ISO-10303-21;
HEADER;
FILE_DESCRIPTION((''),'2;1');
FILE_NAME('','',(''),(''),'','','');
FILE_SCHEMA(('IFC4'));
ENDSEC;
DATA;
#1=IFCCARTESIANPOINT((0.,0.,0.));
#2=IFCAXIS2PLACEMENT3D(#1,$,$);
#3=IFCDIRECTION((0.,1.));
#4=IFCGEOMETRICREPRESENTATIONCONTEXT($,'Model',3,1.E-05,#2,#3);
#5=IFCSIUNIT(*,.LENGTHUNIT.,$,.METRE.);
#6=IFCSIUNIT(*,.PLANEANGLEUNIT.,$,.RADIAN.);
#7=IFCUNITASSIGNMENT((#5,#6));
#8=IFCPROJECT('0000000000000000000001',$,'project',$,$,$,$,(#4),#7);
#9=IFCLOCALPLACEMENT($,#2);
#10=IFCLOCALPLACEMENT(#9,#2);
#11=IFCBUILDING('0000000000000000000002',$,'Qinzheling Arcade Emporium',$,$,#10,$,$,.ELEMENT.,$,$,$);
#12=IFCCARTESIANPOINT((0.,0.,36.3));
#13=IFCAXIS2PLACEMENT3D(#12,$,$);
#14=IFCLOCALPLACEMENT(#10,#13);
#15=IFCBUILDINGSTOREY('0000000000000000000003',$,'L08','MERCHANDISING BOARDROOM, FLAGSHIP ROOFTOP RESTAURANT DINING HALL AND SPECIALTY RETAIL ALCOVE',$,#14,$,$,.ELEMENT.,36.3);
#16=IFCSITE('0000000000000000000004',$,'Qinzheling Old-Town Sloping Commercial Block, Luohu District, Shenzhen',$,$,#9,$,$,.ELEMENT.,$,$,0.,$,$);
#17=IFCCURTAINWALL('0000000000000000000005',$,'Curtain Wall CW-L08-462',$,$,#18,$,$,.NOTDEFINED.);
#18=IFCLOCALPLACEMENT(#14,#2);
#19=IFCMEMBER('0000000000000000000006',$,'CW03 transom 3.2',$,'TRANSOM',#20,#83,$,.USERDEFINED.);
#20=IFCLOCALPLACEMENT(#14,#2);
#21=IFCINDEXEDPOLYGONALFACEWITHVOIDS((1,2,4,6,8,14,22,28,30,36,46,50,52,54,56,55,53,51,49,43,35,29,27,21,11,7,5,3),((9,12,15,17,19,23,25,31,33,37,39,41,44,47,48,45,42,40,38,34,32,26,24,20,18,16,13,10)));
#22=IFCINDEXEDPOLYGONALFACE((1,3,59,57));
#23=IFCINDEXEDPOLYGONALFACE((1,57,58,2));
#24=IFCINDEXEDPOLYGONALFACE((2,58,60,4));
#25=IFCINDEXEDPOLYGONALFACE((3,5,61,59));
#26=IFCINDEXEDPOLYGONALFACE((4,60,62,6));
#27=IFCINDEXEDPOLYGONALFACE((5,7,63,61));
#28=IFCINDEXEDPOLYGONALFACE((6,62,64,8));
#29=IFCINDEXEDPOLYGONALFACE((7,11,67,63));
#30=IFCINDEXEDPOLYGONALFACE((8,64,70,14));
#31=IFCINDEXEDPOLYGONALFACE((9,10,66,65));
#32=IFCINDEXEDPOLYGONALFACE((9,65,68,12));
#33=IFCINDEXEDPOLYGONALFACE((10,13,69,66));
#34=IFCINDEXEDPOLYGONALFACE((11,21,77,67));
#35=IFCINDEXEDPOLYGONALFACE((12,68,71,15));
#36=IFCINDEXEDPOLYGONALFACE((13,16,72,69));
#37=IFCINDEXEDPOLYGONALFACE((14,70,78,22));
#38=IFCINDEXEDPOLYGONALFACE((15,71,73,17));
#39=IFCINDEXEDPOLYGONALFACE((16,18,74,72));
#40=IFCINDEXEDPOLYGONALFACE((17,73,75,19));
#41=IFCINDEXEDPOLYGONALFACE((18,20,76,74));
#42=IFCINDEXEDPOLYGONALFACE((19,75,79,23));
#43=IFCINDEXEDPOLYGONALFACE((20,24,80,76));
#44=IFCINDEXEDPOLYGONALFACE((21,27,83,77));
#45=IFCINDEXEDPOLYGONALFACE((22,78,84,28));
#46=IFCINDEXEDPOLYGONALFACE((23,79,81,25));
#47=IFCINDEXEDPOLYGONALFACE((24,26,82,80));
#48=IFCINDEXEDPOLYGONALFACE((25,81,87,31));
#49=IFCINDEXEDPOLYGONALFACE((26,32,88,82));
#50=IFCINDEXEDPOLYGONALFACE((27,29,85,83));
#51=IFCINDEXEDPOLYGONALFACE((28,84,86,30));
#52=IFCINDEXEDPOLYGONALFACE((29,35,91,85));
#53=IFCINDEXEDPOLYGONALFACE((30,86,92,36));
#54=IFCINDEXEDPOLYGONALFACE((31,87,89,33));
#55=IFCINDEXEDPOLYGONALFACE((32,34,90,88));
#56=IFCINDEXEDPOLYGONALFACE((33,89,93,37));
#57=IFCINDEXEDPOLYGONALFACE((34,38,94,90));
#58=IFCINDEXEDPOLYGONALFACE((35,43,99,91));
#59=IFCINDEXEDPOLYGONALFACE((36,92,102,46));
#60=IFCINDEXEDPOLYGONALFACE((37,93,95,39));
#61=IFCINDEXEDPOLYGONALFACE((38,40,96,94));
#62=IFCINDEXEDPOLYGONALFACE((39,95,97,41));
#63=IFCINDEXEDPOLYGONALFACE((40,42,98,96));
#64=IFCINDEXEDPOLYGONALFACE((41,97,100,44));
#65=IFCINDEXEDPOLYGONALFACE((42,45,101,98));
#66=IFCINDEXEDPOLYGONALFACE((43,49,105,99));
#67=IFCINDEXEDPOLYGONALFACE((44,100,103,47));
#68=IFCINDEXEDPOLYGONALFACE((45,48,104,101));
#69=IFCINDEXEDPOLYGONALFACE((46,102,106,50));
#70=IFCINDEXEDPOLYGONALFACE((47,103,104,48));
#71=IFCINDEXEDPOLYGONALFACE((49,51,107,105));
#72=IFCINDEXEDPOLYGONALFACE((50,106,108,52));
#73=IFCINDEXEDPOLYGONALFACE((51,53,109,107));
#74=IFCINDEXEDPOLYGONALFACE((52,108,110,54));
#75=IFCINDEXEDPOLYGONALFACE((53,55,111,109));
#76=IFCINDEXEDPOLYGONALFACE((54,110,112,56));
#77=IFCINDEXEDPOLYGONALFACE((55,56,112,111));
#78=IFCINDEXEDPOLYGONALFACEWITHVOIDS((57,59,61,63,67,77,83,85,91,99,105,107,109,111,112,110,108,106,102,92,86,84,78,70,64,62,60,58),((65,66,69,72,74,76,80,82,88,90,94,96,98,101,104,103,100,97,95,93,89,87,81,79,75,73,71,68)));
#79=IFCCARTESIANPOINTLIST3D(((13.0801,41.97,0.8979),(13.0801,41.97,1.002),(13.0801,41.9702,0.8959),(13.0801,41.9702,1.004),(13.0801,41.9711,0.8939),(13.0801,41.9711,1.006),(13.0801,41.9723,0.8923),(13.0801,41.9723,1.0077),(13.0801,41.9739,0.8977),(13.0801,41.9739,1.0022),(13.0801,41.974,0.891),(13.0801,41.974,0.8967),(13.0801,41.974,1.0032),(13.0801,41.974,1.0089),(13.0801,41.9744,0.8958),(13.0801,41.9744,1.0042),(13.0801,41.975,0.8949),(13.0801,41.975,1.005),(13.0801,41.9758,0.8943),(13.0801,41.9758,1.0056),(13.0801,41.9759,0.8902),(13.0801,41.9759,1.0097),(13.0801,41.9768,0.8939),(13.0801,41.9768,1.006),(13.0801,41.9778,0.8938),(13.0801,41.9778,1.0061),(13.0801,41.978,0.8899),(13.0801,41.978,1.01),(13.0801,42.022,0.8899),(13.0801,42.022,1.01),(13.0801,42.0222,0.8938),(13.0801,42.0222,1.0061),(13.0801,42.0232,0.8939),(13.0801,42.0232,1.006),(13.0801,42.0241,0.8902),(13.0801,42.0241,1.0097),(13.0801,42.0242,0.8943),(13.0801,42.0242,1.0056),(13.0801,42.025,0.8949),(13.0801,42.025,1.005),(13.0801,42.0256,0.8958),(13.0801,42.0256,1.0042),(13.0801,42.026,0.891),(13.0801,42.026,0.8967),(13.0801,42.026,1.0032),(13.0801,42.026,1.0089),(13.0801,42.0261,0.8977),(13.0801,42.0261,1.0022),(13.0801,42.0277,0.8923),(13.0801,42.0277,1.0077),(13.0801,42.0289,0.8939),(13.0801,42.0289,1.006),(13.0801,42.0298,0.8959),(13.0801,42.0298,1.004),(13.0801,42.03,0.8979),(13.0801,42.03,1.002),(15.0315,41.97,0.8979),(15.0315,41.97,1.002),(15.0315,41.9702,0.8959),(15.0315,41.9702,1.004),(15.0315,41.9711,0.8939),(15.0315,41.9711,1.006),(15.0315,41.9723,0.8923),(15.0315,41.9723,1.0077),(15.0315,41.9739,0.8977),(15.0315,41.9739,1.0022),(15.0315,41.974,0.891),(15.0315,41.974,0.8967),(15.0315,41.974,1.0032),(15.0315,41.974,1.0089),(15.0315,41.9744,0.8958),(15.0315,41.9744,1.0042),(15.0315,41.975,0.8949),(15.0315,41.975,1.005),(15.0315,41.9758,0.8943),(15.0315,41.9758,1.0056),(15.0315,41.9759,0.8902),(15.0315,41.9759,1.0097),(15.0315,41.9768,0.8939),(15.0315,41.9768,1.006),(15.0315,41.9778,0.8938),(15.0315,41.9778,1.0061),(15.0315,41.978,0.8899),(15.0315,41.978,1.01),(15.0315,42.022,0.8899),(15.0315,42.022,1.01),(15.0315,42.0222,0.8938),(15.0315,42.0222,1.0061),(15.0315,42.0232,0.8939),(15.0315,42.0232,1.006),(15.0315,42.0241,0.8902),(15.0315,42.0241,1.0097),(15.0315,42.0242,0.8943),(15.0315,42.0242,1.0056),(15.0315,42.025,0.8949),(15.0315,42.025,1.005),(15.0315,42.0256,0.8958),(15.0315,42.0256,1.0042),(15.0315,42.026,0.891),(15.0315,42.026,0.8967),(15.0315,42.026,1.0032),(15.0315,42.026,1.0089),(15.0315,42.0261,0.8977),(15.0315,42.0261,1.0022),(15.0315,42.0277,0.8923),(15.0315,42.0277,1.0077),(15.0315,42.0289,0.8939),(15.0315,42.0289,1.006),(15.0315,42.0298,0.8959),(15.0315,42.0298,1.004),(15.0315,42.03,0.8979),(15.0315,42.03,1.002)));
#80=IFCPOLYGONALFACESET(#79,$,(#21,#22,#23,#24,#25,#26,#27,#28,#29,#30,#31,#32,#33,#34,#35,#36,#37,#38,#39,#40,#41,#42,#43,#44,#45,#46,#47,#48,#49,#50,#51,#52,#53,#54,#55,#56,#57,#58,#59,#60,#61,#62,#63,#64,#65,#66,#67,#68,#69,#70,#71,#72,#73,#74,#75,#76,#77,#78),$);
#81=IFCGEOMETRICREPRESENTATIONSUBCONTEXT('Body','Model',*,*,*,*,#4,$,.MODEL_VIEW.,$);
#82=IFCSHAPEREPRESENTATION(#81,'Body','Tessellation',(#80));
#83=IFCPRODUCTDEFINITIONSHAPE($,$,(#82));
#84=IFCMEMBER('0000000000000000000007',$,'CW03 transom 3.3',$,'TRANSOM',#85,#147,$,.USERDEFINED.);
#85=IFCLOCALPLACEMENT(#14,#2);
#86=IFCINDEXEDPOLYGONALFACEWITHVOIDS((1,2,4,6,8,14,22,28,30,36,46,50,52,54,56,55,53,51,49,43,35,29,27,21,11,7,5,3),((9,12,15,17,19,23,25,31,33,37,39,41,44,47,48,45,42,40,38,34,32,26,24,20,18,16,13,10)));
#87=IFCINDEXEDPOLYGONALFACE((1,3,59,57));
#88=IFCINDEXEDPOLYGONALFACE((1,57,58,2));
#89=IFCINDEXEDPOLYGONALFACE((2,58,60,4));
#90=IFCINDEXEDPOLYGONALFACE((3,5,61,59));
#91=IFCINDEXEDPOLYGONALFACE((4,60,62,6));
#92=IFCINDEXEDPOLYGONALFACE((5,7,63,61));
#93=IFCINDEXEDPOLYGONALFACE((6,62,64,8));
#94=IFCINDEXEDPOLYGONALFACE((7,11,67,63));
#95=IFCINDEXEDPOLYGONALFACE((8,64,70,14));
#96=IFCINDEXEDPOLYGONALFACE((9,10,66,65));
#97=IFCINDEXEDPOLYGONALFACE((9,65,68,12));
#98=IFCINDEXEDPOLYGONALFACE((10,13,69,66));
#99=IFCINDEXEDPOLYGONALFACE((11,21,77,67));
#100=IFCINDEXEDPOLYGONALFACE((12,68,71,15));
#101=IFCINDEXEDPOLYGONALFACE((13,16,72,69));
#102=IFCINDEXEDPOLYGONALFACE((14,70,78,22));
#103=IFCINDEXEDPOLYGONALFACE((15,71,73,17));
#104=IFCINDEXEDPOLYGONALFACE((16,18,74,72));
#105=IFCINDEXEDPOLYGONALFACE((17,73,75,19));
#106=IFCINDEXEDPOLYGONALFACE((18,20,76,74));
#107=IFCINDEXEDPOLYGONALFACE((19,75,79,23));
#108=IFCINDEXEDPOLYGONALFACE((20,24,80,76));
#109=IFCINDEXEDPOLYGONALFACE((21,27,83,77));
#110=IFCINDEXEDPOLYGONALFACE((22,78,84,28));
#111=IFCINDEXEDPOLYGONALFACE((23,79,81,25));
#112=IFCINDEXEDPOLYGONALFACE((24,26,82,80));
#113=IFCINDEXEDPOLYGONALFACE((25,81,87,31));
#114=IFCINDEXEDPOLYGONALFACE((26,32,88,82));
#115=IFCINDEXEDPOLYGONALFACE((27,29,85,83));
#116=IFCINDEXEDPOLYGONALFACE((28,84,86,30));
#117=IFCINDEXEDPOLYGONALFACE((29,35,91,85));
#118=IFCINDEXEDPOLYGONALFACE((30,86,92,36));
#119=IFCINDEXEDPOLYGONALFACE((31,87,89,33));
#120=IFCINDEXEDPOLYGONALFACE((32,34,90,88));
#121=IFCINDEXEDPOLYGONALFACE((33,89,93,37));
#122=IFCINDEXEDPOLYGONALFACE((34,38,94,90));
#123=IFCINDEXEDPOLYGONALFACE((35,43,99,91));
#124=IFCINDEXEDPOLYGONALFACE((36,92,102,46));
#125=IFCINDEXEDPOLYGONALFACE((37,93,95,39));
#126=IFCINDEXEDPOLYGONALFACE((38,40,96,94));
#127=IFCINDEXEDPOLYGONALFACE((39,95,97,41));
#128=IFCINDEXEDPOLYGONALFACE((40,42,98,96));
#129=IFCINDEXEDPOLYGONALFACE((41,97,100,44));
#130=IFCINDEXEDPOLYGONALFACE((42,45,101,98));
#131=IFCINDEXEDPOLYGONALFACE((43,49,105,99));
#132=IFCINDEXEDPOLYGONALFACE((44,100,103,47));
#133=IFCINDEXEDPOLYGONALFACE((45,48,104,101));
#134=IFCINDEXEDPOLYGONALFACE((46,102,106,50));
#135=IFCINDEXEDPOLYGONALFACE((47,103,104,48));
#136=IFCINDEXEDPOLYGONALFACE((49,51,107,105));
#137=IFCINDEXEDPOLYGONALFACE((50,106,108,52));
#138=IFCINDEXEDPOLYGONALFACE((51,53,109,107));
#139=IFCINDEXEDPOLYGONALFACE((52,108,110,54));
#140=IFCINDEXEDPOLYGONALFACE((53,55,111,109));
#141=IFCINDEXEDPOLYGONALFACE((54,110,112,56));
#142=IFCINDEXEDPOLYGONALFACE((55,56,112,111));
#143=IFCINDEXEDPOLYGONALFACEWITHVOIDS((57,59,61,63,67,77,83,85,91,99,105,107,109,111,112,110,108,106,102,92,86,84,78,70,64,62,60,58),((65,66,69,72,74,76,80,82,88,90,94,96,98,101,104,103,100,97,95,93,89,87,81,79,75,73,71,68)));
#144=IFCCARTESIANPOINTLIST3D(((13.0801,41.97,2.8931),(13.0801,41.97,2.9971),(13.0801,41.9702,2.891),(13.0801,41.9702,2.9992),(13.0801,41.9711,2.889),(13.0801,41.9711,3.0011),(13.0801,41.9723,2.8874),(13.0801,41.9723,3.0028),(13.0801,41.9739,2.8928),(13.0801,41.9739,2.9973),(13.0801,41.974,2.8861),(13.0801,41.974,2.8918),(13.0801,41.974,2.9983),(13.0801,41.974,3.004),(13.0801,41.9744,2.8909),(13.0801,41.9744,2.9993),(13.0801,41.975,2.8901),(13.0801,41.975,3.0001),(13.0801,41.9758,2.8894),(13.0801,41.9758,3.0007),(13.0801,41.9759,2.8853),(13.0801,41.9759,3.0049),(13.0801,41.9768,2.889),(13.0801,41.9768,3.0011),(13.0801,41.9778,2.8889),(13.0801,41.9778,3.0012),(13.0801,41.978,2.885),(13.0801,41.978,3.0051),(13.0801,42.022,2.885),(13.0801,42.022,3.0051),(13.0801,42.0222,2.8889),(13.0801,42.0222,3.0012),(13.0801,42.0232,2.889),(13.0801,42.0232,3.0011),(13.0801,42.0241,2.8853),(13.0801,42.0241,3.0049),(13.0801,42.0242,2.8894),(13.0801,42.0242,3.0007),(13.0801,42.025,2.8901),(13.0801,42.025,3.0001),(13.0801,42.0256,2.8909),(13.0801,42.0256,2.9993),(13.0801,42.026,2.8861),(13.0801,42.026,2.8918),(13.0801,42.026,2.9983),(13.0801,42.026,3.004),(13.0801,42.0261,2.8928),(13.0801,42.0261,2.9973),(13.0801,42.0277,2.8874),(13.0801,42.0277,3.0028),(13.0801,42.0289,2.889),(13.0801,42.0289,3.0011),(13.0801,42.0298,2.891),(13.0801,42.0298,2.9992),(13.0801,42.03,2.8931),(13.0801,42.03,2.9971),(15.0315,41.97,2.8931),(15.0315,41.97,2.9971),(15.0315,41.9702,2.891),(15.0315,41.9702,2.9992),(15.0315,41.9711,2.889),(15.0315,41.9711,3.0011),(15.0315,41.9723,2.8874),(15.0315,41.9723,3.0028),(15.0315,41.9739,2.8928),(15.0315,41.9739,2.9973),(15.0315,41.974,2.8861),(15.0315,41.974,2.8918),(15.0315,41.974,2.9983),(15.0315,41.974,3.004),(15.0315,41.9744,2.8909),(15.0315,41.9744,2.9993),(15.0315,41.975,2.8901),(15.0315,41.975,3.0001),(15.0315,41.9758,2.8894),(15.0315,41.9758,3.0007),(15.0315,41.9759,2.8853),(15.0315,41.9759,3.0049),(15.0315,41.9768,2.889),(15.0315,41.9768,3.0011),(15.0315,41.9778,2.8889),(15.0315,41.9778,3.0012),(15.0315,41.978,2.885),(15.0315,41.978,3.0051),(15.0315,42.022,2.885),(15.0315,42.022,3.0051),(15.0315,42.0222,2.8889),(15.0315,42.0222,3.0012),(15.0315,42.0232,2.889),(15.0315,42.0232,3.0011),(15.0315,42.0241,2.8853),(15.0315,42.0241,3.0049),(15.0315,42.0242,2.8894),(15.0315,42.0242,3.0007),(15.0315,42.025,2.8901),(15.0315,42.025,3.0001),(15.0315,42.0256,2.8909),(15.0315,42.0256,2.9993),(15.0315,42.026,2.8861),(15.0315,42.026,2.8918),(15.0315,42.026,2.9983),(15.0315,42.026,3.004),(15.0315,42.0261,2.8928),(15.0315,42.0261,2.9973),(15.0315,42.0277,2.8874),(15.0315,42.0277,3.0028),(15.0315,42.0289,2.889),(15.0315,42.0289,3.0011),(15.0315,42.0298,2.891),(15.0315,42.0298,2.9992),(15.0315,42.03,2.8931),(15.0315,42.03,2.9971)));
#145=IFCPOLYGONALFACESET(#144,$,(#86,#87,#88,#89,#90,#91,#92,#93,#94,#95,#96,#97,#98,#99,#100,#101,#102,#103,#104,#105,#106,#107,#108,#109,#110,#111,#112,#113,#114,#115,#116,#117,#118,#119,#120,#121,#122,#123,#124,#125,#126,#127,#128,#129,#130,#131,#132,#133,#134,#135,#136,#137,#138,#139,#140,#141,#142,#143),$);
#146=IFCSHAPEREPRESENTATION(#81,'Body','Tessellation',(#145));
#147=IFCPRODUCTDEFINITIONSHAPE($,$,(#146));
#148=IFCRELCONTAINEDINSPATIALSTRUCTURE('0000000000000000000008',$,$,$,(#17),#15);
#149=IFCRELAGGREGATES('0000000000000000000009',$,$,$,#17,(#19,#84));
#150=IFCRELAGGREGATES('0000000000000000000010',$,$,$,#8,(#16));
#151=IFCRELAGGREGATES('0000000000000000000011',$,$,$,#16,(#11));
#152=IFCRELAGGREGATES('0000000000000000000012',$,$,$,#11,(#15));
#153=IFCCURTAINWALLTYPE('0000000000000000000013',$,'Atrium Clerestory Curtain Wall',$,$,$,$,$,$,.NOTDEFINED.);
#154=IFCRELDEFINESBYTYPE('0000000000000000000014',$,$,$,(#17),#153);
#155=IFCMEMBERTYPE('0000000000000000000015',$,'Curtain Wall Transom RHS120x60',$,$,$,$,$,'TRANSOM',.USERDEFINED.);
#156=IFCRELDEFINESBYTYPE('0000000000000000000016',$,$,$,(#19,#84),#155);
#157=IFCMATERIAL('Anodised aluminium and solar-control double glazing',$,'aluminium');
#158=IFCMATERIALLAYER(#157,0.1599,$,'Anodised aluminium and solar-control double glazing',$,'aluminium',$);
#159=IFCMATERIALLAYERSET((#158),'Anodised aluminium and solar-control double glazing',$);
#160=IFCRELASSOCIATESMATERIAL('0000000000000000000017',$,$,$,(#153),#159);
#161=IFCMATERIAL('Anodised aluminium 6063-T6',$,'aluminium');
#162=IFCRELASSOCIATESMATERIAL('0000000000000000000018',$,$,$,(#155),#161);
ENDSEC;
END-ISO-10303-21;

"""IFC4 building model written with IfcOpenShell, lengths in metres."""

from ifc_helpers import new_model, si_unit, direction, frame, origin, origin_2d, place, context, subcontext, project, spatial, hollow_rectangle, extrude, material, layer, layer_set, material_profile, profile_set, type_object, element, aggregate, save


model = new_model("IFC4")

# Units and contexts
model_context = context("Model", 3, precision=1e-05, world=origin(), true_north=direction((0.0, 1.0)))
body_context = subcontext(model_context, "Body", "Model", "MODEL_VIEW")
ifc_project = project(units=[si_unit("LENGTHUNIT", "METRE"), si_unit("PLANEANGLEUNIT", "RADIAN")], contexts=[model_context])

# Site, building, storey
site_placement = place(None, origin())
site = spatial("IfcSite", under=ifc_project, at=site_placement, Name="Qinzheling Old-Town Sloping Commercial Block, Luohu District, Shenzhen", CompositionType="ELEMENT", RefElevation=0.0)
building_placement = place(site_placement, origin())
building = spatial("IfcBuilding", under=site, at=building_placement, Name="Qinzheling Arcade Emporium", CompositionType="ELEMENT")
storey_placement = place(building_placement, frame((0.0, 0.0, 36.3)))
storey = spatial("IfcBuildingStorey", under=building, at=storey_placement, Name="L08", Description="MERCHANDISING BOARDROOM, FLAGSHIP ROOFTOP RESTAURANT DINING HALL AND SPECIALTY RETAIL ALCOVE", CompositionType="ELEMENT", Elevation=36.3)

# Curtain wall, members
ifc_material_1 = material(Name="Anodised aluminium and solar-control double glazing", Category="aluminium")
ifc_layer_1 = layer(ifc_material_1, 0.1599, Name="Anodised aluminium and solar-control double glazing", Category="aluminium")
ifc_layer_set_1 = layer_set([ifc_layer_1], Name="Anodised aluminium and solar-control double glazing")
curtain_wall_type = type_object("IfcCurtainWallType", Name="Atrium Clerestory Curtain Wall", PredefinedType="NOTDEFINED", material=ifc_layer_set_1)
curtain_wall_placement = place(storey_placement, origin())
curtain_wall = element("IfcCurtainWall", 1, at=curtain_wall_placement, inside=storey, type_object=curtain_wall_type, Name="Curtain Wall CW-L08-462", PredefinedType="NOTDEFINED")
ifc_material_2 = material(Name="Anodised aluminium 6063-T6", Category="aluminium")
ifc_material_profile_1 = material_profile(ifc_material_2, hollow_rectangle(XDim=0.0601, YDim=0.1201, WallThickness=0.0039, InnerFilletRadius=0.0039, OuterFilletRadius=0.0081, at=origin_2d()), Name="RHS 120x60x4", Category="aluminium")
ifc_profile_set_1 = profile_set([ifc_material_profile_1], Name="Anodised aluminium 6063-T6")
member_type_1 = type_object("IfcMemberType", Name="Curtain Wall Transom RHS120x60", ElementType="TRANSOM", PredefinedType="USERDEFINED", material=ifc_profile_set_1)
member_1_placement = place(storey_placement, frame((13.0801, 42.0, 0.95), z_axis=(1.0, 0.0, 0.0), x_axis=(0.0, 1.0, 0.0)))
member_1 = element("IfcMember", 2, at=member_1_placement, type_object=member_type_1, Name="CW03 transom 3.2", ObjectType="TRANSOM", PredefinedType="USERDEFINED", context=body_context, shape_type="SweptSolid", body=[
    extrude(hollow_rectangle(XDim=0.0601, YDim=0.1201, WallThickness=0.0039, InnerFilletRadius=0.0039, OuterFilletRadius=0.0081, at=origin_2d()), origin(), (0.0, 0.0, 1.0), 1.9514),
])
member_2_placement = place(storey_placement, frame((13.0801, 42.0, 2.9451), z_axis=(1.0, 0.0, 0.0), x_axis=(0.0, 1.0, 0.0)))
member_2 = element("IfcMember", 3, at=member_2_placement, type_object=member_type_1, Name="CW03 transom 3.3", ObjectType="TRANSOM", PredefinedType="USERDEFINED", context=body_context, shape_type="SweptSolid", body=[
    extrude(hollow_rectangle(XDim=0.0601, YDim=0.1201, WallThickness=0.0039, InnerFilletRadius=0.0039, OuterFilletRadius=0.0081, at=origin_2d()), origin(), (0.0, 0.0, 1.0), 1.9514),
])

aggregate(curtain_wall, [member_1, member_2])

save(model, "model.ifc")
